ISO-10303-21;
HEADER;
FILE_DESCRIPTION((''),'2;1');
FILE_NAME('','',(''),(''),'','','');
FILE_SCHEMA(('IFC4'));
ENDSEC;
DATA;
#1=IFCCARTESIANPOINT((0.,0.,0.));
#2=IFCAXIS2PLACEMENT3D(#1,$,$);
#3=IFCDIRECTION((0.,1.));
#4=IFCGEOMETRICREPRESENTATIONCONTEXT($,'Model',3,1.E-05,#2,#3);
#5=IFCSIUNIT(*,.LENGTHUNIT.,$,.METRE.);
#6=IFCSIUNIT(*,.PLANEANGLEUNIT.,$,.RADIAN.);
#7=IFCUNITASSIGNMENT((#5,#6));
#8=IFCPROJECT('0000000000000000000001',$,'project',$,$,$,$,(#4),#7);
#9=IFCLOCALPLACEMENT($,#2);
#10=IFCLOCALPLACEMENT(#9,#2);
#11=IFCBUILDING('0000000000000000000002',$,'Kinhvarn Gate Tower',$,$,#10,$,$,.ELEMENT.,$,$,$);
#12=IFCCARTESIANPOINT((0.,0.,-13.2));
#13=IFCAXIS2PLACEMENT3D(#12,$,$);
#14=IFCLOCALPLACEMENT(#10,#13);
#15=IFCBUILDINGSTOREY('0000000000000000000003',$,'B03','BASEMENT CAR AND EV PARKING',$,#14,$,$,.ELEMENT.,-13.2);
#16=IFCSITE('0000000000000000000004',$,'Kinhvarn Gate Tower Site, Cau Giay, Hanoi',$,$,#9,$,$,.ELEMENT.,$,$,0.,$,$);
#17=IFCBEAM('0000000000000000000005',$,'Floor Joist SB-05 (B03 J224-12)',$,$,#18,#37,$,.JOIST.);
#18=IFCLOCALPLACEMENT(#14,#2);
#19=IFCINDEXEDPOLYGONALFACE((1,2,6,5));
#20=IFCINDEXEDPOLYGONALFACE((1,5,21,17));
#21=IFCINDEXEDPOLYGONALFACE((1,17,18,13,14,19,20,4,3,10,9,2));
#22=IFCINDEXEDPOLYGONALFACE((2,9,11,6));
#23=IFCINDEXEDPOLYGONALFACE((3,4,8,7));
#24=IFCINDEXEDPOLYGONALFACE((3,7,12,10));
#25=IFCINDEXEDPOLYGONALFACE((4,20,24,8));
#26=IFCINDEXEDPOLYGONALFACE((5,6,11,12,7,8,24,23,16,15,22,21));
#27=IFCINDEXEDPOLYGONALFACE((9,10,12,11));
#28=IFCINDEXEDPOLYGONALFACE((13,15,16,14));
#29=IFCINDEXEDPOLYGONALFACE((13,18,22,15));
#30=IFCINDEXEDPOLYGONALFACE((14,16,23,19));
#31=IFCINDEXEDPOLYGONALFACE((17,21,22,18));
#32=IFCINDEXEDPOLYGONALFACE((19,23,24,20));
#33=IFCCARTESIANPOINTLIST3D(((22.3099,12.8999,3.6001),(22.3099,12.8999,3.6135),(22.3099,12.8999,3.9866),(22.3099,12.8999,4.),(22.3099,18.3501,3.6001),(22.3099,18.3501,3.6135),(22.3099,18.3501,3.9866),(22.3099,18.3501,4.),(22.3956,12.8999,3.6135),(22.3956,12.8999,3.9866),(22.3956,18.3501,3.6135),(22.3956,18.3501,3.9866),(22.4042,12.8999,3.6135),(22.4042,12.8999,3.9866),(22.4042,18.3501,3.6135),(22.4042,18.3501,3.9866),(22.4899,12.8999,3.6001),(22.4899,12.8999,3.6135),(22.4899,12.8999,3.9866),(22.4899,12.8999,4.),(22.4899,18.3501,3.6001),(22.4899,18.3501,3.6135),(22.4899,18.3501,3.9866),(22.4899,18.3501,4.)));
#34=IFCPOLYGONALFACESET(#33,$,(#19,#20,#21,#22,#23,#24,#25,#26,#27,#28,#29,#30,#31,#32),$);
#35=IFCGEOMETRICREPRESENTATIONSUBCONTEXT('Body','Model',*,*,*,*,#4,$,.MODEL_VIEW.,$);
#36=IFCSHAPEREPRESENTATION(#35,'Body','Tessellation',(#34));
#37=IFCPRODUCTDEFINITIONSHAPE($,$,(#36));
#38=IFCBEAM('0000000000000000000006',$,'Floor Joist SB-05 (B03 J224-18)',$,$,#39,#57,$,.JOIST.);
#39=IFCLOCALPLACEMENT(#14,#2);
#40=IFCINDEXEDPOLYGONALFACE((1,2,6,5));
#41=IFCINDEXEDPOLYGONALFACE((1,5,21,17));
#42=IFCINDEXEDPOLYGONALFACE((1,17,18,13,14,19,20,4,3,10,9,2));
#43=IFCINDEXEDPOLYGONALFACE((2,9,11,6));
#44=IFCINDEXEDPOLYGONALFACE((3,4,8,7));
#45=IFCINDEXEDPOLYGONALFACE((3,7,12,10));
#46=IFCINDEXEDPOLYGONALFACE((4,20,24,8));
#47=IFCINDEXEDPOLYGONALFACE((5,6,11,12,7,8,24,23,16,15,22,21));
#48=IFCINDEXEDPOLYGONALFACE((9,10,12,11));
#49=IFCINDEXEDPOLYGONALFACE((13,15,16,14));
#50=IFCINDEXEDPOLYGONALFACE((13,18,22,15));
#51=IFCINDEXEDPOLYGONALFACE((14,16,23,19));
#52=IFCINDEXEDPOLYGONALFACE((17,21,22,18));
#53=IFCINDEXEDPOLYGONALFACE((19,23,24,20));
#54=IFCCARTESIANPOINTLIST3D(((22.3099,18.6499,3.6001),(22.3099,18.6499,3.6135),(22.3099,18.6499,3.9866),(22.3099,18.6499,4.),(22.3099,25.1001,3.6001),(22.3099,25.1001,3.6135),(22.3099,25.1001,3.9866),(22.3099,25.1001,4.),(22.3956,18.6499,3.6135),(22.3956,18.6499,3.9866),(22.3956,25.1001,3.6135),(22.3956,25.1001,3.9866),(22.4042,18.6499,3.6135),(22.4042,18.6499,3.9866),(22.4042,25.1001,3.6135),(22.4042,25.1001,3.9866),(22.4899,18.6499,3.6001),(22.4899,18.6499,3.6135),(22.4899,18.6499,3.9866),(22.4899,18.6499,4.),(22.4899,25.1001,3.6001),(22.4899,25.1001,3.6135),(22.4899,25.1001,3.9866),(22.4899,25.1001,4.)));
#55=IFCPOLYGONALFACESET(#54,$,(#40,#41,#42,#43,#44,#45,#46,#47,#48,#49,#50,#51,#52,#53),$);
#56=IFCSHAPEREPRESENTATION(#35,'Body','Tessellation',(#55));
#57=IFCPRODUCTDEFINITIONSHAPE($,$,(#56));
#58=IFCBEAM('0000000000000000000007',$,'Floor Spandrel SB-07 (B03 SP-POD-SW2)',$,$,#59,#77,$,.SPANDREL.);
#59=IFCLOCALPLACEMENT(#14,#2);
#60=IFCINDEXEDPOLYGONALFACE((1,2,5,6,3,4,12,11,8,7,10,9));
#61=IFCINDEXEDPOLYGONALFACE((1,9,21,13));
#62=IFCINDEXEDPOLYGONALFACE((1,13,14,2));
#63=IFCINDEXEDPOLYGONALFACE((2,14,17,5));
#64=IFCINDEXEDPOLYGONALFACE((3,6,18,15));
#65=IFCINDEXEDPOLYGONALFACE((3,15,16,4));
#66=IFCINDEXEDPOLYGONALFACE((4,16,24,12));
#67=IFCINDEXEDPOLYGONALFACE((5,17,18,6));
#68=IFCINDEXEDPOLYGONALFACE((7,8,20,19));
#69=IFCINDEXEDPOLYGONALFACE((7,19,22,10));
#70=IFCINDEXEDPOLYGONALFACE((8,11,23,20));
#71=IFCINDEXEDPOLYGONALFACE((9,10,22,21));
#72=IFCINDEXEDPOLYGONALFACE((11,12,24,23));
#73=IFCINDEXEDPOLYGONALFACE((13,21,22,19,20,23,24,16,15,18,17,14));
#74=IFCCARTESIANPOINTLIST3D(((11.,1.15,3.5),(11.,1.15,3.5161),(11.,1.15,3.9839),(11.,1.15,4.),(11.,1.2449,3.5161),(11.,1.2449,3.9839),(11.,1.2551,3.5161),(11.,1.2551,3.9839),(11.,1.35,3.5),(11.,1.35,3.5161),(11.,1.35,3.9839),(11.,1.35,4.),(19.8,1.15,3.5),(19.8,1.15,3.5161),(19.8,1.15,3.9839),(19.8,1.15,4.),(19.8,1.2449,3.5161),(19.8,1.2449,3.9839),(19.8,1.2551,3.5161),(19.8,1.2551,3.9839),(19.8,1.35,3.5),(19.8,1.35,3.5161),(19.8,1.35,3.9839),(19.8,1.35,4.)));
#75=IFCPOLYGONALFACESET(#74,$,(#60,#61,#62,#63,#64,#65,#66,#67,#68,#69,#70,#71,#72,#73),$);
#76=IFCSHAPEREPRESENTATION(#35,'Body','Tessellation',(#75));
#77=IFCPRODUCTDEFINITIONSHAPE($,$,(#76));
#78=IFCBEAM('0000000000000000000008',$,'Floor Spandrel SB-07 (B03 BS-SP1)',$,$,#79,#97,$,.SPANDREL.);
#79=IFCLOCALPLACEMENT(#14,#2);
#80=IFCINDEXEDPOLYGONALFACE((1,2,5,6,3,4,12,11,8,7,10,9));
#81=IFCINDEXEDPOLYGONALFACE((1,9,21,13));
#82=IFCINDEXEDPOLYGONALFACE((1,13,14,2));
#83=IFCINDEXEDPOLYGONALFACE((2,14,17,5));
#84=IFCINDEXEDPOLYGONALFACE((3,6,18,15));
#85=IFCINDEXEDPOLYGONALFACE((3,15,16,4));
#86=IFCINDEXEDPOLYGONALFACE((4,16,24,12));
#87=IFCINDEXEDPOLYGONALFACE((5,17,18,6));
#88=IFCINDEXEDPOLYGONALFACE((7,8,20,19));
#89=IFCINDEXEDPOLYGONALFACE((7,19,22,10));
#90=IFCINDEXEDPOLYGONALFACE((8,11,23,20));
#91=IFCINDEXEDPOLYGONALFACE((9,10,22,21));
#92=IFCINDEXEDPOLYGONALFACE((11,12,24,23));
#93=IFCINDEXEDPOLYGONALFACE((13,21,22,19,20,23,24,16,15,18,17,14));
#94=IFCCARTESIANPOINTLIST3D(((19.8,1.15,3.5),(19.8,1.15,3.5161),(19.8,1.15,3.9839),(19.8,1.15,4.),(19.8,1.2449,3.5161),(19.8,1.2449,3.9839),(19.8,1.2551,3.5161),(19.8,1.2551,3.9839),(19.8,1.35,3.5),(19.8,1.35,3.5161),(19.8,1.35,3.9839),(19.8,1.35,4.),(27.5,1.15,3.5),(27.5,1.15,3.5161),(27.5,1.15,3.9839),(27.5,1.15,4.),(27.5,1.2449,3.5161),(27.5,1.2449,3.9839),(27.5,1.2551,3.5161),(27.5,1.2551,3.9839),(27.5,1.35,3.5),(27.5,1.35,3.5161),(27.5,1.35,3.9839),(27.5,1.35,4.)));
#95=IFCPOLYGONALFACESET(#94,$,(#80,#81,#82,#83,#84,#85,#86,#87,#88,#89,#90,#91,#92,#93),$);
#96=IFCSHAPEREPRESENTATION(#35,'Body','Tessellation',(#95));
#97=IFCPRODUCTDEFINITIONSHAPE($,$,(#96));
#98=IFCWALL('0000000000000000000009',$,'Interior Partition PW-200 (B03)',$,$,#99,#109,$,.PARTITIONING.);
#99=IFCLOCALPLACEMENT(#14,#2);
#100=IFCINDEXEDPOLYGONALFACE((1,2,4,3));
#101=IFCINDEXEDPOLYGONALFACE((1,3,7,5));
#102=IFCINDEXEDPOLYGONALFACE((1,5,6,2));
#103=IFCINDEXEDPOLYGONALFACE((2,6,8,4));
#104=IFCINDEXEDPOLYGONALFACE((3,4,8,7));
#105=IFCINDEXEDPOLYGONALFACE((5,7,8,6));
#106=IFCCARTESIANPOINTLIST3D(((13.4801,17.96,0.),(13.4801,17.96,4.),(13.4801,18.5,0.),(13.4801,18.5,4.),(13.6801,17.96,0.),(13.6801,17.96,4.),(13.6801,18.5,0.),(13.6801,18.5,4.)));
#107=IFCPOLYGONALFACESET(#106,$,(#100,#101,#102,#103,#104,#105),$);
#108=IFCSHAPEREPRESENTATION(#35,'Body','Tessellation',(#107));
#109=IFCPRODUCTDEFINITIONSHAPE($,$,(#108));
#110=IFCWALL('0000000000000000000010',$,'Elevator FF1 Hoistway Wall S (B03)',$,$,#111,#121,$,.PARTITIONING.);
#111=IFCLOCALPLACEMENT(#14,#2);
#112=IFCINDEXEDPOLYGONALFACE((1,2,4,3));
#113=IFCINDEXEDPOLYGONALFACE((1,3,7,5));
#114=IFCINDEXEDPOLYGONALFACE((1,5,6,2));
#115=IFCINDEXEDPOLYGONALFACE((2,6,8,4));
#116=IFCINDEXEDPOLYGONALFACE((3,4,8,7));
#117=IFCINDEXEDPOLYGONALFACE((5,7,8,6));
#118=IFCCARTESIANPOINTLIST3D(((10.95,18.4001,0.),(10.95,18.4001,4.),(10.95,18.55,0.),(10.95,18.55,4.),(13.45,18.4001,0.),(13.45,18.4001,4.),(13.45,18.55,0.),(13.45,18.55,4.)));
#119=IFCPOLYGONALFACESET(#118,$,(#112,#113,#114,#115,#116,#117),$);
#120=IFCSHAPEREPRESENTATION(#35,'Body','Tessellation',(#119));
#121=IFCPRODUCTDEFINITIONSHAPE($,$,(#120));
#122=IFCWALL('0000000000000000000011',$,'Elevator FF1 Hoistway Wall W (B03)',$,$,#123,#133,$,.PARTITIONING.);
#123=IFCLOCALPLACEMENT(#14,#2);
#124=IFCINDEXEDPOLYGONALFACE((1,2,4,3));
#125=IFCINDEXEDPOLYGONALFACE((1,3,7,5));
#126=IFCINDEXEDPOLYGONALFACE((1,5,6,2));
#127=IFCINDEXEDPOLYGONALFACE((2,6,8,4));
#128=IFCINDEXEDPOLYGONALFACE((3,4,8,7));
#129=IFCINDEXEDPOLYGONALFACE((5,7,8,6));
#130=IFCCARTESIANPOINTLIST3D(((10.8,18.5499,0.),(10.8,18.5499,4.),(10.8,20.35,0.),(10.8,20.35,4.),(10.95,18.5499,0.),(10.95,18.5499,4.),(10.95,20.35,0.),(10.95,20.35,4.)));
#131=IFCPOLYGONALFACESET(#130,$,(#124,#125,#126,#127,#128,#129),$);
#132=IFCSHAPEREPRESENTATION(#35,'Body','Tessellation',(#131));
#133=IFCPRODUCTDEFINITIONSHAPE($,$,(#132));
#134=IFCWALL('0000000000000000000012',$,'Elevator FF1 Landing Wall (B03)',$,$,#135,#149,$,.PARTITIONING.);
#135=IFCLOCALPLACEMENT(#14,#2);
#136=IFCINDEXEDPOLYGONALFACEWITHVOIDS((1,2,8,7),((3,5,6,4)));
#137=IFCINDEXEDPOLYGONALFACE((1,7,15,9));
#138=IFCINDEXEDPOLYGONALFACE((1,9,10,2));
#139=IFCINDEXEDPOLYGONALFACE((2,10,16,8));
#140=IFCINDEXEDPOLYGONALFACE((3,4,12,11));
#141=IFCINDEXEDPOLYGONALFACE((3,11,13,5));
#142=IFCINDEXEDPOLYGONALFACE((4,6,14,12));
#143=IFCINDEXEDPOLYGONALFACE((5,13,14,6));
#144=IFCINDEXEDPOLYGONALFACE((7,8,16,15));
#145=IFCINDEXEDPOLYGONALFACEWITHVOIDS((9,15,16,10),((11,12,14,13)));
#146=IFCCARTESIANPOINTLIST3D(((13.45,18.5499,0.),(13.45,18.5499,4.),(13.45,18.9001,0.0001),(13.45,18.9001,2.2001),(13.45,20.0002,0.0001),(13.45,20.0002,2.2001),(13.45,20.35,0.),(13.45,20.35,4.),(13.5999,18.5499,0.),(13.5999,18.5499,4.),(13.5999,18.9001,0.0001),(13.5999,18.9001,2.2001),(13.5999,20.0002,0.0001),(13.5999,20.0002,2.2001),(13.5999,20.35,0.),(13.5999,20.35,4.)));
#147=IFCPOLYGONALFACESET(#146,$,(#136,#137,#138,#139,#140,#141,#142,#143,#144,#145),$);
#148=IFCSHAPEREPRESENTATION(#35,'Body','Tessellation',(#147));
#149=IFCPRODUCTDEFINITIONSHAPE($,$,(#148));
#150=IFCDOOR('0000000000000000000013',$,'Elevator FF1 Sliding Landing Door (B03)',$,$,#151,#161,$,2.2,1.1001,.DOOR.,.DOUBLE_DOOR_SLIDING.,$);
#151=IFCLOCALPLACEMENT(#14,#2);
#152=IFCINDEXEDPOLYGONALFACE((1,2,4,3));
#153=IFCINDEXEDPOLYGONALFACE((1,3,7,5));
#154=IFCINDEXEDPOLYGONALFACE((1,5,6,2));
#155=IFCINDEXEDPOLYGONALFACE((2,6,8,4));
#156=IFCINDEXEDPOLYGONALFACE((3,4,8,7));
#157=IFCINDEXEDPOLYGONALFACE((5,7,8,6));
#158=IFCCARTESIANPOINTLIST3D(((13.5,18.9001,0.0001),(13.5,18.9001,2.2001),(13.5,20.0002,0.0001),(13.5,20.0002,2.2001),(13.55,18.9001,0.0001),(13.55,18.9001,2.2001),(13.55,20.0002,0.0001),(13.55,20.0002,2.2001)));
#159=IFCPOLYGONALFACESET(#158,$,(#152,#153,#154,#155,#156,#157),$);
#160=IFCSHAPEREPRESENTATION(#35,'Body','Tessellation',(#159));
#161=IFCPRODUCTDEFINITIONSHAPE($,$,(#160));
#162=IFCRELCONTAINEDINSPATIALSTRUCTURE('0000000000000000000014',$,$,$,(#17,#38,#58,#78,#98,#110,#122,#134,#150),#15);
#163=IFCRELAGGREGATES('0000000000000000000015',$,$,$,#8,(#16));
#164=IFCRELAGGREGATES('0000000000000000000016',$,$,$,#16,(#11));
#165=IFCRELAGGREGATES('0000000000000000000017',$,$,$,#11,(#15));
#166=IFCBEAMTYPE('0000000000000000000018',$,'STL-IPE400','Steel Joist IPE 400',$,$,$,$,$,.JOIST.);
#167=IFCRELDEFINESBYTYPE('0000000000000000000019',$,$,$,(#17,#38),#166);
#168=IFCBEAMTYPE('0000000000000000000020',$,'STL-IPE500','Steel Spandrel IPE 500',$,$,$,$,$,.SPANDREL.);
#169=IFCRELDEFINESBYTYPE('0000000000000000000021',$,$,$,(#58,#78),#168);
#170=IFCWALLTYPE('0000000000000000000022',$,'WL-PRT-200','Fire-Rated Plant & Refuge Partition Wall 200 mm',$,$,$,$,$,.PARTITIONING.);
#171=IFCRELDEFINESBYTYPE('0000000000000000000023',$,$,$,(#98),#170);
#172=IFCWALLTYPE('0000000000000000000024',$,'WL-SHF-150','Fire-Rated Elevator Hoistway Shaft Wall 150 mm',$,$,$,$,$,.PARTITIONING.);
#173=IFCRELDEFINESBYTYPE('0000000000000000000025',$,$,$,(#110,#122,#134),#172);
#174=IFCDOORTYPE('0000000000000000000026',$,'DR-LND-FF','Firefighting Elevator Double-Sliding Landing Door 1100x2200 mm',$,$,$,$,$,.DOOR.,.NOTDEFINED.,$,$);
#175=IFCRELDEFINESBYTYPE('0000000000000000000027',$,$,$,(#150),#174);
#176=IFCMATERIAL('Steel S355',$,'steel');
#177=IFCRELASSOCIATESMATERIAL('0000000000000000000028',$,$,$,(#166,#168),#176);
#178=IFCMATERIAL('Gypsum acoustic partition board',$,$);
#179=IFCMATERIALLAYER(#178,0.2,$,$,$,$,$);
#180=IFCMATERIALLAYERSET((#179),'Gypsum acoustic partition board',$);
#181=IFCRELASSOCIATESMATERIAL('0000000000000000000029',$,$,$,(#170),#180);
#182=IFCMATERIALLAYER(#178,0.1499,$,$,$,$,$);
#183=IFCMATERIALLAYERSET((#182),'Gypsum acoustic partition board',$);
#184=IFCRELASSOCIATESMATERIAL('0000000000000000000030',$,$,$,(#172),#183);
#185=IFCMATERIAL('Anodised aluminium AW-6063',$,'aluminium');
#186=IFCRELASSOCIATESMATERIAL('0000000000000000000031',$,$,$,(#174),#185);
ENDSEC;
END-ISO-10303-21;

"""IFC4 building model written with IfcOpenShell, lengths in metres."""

from ifc_helpers import new_model, si_unit, direction, frame, frame_2d, origin, origin_2d, place, context, subcontext, project, spatial, rectangle, i_section, extrude, material, layer, layer_set, material_profile, profile_set, type_object, element, fill, save


model = new_model("IFC4")

# Units and contexts
model_context = context("Model", 3, precision=1e-05, world=origin(), true_north=direction((0.0, 1.0)))
body_context = subcontext(model_context, "Body", "Model", "MODEL_VIEW")
ifc_project = project(units=[si_unit("LENGTHUNIT", "METRE"), si_unit("PLANEANGLEUNIT", "RADIAN")], contexts=[model_context])

# Site, building, storey
site_placement = place(None, origin())
site = spatial("IfcSite", under=ifc_project, at=site_placement, Name="Kinhvarn Gate Tower Site, Cau Giay, Hanoi", CompositionType="ELEMENT", RefElevation=0.0)
building_placement = place(site_placement, origin())
building = spatial("IfcBuilding", under=site, at=building_placement, Name="Kinhvarn Gate Tower", CompositionType="ELEMENT")
storey_placement = place(building_placement, frame((0.0, 0.0, -13.2)))
storey = spatial("IfcBuildingStorey", under=building, at=storey_placement, Name="B03", Description="BASEMENT CAR AND EV PARKING", CompositionType="ELEMENT", Elevation=-13.2)

# Beams
ifc_material_1 = material(Name="Steel S355", Category="steel")
ifc_material_profile_1 = material_profile(ifc_material_1, i_section(OverallWidth=0.1799, OverallDepth=0.3999, WebThickness=0.0085, FlangeThickness=0.0134, at=origin_2d()), Name="IPE 400")
ifc_profile_set_1 = profile_set([ifc_material_profile_1], Name="Steel S355")
beam_type_1 = type_object("IfcBeamType", Name="STL-IPE400", Description="Steel Joist IPE 400", PredefinedType="JOIST", material=ifc_profile_set_1)
beam_1_placement = place(storey_placement, frame((22.3999, 12.8999, 3.8), z_axis=(0.0, 1.0, 0.0), x_axis=(-1.0, 0.0, 0.0)))
element("IfcBeam", 1, at=beam_1_placement, inside=storey, type_object=beam_type_1, Name="Floor Joist SB-05 (B03 J224-12)", PredefinedType="JOIST", context=body_context, shape_type="SweptSolid", body=[
    extrude(i_section(OverallWidth=0.1799, OverallDepth=0.3999, WebThickness=0.0085, FlangeThickness=0.0134, at=origin_2d()), origin(), (0.0, 0.0, 1.0), 5.4502),
])
beam_2_placement = place(storey_placement, frame((22.3999, 18.6499, 3.8), z_axis=(0.0, 1.0, 0.0), x_axis=(-1.0, 0.0, 0.0)))
element("IfcBeam", 2, at=beam_2_placement, inside=storey, type_object=beam_type_1, Name="Floor Joist SB-05 (B03 J224-18)", PredefinedType="JOIST", context=body_context, shape_type="SweptSolid", body=[
    extrude(i_section(OverallWidth=0.1799, OverallDepth=0.3999, WebThickness=0.0085, FlangeThickness=0.0134, at=origin_2d()), origin(), (0.0, 0.0, 1.0), 6.4502),
])
ifc_material_profile_2 = material_profile(ifc_material_1, i_section(OverallWidth=0.2, OverallDepth=0.5, WebThickness=0.0103, FlangeThickness=0.0161, at=origin_2d()), Name="IPE 500")
ifc_profile_set_2 = profile_set([ifc_material_profile_2], Name="Steel S355")
beam_type_2 = type_object("IfcBeamType", Name="STL-IPE500", Description="Steel Spandrel IPE 500", PredefinedType="SPANDREL", material=ifc_profile_set_2)
beam_3_placement = place(storey_placement, frame((11.0, 1.25, 3.75), z_axis=(1.0, 0.0, 0.0), x_axis=(0.0, 1.0, 0.0)))
element("IfcBeam", 3, at=beam_3_placement, inside=storey, type_object=beam_type_2, Name="Floor Spandrel SB-07 (B03 SP-POD-SW2)", PredefinedType="SPANDREL", context=body_context, shape_type="SweptSolid", body=[
    extrude(i_section(OverallWidth=0.2, OverallDepth=0.5, WebThickness=0.0103, FlangeThickness=0.0161, at=origin_2d()), origin(), (0.0, 0.0, 1.0), 8.8),
])
beam_4_placement = place(storey_placement, frame((19.8, 1.25, 3.75), z_axis=(1.0, 0.0, 0.0), x_axis=(0.0, 1.0, 0.0)))
element("IfcBeam", 4, at=beam_4_placement, inside=storey, type_object=beam_type_2, Name="Floor Spandrel SB-07 (B03 BS-SP1)", PredefinedType="SPANDREL", context=body_context, shape_type="SweptSolid", body=[
    extrude(i_section(OverallWidth=0.2, OverallDepth=0.5, WebThickness=0.0103, FlangeThickness=0.0161, at=origin_2d()), origin(), (0.0, 0.0, 1.0), 7.7),
])

# Shared definitions
ifc_material_2 = material(Name="Anodised aluminium AW-6063", Category="aluminium")

# Walls
ifc_material_3 = material(Name="Gypsum acoustic partition board")
ifc_layer_1 = layer(ifc_material_3, 0.2)
ifc_layer_set_1 = layer_set([ifc_layer_1], Name="Gypsum acoustic partition board")
wall_type_1 = type_object("IfcWallType", Name="WL-PRT-200", Description="Fire-Rated Plant & Refuge Partition Wall 200 mm", PredefinedType="PARTITIONING", material=ifc_layer_set_1)
wall_1_placement = place(storey_placement, frame((13.5801, 17.96, 0.0), z_axis=(0.0, 0.0, 1.0), x_axis=(0.0, 1.0, 0.0)))
element("IfcWall", 5, at=wall_1_placement, inside=storey, type_object=wall_type_1, Name="Interior Partition PW-200 (B03)", PredefinedType="PARTITIONING", context=body_context, shape_type="SweptSolid", body=[
    extrude(rectangle(XDim=0.54, YDim=0.2, at=frame_2d((0.27, 0.0))), origin(), (0.0, 0.0, 1.0), 4.0),
])
ifc_layer_2 = layer(ifc_material_3, 0.1499)
ifc_layer_set_2 = layer_set([ifc_layer_2], Name="Gypsum acoustic partition board")
wall_type_2 = type_object("IfcWallType", Name="WL-SHF-150", Description="Fire-Rated Elevator Hoistway Shaft Wall 150 mm", PredefinedType="PARTITIONING", material=ifc_layer_set_2)
wall_2_placement = place(storey_placement, frame((10.95, 18.4751, 0.0), z_axis=(0.0, 0.0, 1.0), x_axis=(1.0, 0.0, 0.0)))
element("IfcWall", 6, at=wall_2_placement, inside=storey, type_object=wall_type_2, Name="Elevator FF1 Hoistway Wall S (B03)", PredefinedType="PARTITIONING", context=body_context, shape_type="SweptSolid", body=[
    extrude(rectangle(XDim=2.5, YDim=0.1499, at=frame_2d((1.25, 0.0))), origin(), (0.0, 0.0, 1.0), 4.0),
])
wall_3_placement = place(storey_placement, frame((10.875, 18.55, 0.0), z_axis=(0.0, 0.0, 1.0), x_axis=(0.0, 1.0, 0.0)))
element("IfcWall", 7, at=wall_3_placement, inside=storey, type_object=wall_type_2, Name="Elevator FF1 Hoistway Wall W (B03)", PredefinedType="PARTITIONING", context=body_context, shape_type="SweptSolid", body=[
    extrude(rectangle(XDim=1.8, YDim=0.1499, at=frame_2d((0.8999, 0.0))), origin(), (0.0, 0.0, 1.0), 4.0),
])

# Wall, opening, door
wall_4_placement = place(storey_placement, frame((13.5249, 18.55, 0.0), z_axis=(0.0, 0.0, 1.0), x_axis=(0.0, 1.0, 0.0)))
wall_4 = element("IfcWall", 8, at=wall_4_placement, inside=storey, type_object=wall_type_2, Name="Elevator FF1 Landing Wall (B03)", PredefinedType="PARTITIONING", context=body_context, shape_type="SweptSolid", body=[
    extrude(rectangle(XDim=1.8, YDim=0.1499, at=frame_2d((0.8999, 0.0))), origin(), (0.0, 0.0, 1.0), 4.0),
])
opening_1_placement = place(wall_4_placement, frame((0.3501, 0.0, 0.0)))
opening_1 = element("IfcOpeningElement", 9, at=opening_1_placement, cuts=wall_4, PredefinedType="OPENING", context=body_context, shape_type="SweptSolid", body=[
    extrude(rectangle(XDim=1.1001, YDim=2.2, at=frame_2d((0.55, 1.1001))), frame((0.0, 0.085, 0.0), z_axis=(0.0, -1.0, 0.0), x_axis=(1.0, 0.0, 0.0)), (0.0, 0.0, 1.0), 0.1699),
])
door_type_1 = type_object("IfcDoorType", Name="DR-LND-FF", Description="Firefighting Elevator Double-Sliding Landing Door 1100x2200 mm", OperationType="NOTDEFINED", PredefinedType="DOOR", material=ifc_material_2)
door_1_placement = place(opening_1_placement, origin())
door_1 = element("IfcDoor", 10, at=door_1_placement, inside=storey, type_object=door_type_1, Name="Elevator FF1 Sliding Landing Door (B03)", OperationType="DOUBLE_DOOR_SLIDING", OverallHeight=2.2, OverallWidth=1.1001, PredefinedType="DOOR", context=body_context, shape_type="SweptSolid", body=[
    extrude(rectangle(XDim=1.1001, YDim=2.2, at=frame_2d((0.55, 1.1001))), frame((0.0, 0.0249, 0.0), z_axis=(0.0, -1.0, 0.0), x_axis=(1.0, 0.0, 0.0)), (0.0, 0.0, 1.0), 0.05),
])
fill(opening_1, door_1)

save(model, "model.ifc")
